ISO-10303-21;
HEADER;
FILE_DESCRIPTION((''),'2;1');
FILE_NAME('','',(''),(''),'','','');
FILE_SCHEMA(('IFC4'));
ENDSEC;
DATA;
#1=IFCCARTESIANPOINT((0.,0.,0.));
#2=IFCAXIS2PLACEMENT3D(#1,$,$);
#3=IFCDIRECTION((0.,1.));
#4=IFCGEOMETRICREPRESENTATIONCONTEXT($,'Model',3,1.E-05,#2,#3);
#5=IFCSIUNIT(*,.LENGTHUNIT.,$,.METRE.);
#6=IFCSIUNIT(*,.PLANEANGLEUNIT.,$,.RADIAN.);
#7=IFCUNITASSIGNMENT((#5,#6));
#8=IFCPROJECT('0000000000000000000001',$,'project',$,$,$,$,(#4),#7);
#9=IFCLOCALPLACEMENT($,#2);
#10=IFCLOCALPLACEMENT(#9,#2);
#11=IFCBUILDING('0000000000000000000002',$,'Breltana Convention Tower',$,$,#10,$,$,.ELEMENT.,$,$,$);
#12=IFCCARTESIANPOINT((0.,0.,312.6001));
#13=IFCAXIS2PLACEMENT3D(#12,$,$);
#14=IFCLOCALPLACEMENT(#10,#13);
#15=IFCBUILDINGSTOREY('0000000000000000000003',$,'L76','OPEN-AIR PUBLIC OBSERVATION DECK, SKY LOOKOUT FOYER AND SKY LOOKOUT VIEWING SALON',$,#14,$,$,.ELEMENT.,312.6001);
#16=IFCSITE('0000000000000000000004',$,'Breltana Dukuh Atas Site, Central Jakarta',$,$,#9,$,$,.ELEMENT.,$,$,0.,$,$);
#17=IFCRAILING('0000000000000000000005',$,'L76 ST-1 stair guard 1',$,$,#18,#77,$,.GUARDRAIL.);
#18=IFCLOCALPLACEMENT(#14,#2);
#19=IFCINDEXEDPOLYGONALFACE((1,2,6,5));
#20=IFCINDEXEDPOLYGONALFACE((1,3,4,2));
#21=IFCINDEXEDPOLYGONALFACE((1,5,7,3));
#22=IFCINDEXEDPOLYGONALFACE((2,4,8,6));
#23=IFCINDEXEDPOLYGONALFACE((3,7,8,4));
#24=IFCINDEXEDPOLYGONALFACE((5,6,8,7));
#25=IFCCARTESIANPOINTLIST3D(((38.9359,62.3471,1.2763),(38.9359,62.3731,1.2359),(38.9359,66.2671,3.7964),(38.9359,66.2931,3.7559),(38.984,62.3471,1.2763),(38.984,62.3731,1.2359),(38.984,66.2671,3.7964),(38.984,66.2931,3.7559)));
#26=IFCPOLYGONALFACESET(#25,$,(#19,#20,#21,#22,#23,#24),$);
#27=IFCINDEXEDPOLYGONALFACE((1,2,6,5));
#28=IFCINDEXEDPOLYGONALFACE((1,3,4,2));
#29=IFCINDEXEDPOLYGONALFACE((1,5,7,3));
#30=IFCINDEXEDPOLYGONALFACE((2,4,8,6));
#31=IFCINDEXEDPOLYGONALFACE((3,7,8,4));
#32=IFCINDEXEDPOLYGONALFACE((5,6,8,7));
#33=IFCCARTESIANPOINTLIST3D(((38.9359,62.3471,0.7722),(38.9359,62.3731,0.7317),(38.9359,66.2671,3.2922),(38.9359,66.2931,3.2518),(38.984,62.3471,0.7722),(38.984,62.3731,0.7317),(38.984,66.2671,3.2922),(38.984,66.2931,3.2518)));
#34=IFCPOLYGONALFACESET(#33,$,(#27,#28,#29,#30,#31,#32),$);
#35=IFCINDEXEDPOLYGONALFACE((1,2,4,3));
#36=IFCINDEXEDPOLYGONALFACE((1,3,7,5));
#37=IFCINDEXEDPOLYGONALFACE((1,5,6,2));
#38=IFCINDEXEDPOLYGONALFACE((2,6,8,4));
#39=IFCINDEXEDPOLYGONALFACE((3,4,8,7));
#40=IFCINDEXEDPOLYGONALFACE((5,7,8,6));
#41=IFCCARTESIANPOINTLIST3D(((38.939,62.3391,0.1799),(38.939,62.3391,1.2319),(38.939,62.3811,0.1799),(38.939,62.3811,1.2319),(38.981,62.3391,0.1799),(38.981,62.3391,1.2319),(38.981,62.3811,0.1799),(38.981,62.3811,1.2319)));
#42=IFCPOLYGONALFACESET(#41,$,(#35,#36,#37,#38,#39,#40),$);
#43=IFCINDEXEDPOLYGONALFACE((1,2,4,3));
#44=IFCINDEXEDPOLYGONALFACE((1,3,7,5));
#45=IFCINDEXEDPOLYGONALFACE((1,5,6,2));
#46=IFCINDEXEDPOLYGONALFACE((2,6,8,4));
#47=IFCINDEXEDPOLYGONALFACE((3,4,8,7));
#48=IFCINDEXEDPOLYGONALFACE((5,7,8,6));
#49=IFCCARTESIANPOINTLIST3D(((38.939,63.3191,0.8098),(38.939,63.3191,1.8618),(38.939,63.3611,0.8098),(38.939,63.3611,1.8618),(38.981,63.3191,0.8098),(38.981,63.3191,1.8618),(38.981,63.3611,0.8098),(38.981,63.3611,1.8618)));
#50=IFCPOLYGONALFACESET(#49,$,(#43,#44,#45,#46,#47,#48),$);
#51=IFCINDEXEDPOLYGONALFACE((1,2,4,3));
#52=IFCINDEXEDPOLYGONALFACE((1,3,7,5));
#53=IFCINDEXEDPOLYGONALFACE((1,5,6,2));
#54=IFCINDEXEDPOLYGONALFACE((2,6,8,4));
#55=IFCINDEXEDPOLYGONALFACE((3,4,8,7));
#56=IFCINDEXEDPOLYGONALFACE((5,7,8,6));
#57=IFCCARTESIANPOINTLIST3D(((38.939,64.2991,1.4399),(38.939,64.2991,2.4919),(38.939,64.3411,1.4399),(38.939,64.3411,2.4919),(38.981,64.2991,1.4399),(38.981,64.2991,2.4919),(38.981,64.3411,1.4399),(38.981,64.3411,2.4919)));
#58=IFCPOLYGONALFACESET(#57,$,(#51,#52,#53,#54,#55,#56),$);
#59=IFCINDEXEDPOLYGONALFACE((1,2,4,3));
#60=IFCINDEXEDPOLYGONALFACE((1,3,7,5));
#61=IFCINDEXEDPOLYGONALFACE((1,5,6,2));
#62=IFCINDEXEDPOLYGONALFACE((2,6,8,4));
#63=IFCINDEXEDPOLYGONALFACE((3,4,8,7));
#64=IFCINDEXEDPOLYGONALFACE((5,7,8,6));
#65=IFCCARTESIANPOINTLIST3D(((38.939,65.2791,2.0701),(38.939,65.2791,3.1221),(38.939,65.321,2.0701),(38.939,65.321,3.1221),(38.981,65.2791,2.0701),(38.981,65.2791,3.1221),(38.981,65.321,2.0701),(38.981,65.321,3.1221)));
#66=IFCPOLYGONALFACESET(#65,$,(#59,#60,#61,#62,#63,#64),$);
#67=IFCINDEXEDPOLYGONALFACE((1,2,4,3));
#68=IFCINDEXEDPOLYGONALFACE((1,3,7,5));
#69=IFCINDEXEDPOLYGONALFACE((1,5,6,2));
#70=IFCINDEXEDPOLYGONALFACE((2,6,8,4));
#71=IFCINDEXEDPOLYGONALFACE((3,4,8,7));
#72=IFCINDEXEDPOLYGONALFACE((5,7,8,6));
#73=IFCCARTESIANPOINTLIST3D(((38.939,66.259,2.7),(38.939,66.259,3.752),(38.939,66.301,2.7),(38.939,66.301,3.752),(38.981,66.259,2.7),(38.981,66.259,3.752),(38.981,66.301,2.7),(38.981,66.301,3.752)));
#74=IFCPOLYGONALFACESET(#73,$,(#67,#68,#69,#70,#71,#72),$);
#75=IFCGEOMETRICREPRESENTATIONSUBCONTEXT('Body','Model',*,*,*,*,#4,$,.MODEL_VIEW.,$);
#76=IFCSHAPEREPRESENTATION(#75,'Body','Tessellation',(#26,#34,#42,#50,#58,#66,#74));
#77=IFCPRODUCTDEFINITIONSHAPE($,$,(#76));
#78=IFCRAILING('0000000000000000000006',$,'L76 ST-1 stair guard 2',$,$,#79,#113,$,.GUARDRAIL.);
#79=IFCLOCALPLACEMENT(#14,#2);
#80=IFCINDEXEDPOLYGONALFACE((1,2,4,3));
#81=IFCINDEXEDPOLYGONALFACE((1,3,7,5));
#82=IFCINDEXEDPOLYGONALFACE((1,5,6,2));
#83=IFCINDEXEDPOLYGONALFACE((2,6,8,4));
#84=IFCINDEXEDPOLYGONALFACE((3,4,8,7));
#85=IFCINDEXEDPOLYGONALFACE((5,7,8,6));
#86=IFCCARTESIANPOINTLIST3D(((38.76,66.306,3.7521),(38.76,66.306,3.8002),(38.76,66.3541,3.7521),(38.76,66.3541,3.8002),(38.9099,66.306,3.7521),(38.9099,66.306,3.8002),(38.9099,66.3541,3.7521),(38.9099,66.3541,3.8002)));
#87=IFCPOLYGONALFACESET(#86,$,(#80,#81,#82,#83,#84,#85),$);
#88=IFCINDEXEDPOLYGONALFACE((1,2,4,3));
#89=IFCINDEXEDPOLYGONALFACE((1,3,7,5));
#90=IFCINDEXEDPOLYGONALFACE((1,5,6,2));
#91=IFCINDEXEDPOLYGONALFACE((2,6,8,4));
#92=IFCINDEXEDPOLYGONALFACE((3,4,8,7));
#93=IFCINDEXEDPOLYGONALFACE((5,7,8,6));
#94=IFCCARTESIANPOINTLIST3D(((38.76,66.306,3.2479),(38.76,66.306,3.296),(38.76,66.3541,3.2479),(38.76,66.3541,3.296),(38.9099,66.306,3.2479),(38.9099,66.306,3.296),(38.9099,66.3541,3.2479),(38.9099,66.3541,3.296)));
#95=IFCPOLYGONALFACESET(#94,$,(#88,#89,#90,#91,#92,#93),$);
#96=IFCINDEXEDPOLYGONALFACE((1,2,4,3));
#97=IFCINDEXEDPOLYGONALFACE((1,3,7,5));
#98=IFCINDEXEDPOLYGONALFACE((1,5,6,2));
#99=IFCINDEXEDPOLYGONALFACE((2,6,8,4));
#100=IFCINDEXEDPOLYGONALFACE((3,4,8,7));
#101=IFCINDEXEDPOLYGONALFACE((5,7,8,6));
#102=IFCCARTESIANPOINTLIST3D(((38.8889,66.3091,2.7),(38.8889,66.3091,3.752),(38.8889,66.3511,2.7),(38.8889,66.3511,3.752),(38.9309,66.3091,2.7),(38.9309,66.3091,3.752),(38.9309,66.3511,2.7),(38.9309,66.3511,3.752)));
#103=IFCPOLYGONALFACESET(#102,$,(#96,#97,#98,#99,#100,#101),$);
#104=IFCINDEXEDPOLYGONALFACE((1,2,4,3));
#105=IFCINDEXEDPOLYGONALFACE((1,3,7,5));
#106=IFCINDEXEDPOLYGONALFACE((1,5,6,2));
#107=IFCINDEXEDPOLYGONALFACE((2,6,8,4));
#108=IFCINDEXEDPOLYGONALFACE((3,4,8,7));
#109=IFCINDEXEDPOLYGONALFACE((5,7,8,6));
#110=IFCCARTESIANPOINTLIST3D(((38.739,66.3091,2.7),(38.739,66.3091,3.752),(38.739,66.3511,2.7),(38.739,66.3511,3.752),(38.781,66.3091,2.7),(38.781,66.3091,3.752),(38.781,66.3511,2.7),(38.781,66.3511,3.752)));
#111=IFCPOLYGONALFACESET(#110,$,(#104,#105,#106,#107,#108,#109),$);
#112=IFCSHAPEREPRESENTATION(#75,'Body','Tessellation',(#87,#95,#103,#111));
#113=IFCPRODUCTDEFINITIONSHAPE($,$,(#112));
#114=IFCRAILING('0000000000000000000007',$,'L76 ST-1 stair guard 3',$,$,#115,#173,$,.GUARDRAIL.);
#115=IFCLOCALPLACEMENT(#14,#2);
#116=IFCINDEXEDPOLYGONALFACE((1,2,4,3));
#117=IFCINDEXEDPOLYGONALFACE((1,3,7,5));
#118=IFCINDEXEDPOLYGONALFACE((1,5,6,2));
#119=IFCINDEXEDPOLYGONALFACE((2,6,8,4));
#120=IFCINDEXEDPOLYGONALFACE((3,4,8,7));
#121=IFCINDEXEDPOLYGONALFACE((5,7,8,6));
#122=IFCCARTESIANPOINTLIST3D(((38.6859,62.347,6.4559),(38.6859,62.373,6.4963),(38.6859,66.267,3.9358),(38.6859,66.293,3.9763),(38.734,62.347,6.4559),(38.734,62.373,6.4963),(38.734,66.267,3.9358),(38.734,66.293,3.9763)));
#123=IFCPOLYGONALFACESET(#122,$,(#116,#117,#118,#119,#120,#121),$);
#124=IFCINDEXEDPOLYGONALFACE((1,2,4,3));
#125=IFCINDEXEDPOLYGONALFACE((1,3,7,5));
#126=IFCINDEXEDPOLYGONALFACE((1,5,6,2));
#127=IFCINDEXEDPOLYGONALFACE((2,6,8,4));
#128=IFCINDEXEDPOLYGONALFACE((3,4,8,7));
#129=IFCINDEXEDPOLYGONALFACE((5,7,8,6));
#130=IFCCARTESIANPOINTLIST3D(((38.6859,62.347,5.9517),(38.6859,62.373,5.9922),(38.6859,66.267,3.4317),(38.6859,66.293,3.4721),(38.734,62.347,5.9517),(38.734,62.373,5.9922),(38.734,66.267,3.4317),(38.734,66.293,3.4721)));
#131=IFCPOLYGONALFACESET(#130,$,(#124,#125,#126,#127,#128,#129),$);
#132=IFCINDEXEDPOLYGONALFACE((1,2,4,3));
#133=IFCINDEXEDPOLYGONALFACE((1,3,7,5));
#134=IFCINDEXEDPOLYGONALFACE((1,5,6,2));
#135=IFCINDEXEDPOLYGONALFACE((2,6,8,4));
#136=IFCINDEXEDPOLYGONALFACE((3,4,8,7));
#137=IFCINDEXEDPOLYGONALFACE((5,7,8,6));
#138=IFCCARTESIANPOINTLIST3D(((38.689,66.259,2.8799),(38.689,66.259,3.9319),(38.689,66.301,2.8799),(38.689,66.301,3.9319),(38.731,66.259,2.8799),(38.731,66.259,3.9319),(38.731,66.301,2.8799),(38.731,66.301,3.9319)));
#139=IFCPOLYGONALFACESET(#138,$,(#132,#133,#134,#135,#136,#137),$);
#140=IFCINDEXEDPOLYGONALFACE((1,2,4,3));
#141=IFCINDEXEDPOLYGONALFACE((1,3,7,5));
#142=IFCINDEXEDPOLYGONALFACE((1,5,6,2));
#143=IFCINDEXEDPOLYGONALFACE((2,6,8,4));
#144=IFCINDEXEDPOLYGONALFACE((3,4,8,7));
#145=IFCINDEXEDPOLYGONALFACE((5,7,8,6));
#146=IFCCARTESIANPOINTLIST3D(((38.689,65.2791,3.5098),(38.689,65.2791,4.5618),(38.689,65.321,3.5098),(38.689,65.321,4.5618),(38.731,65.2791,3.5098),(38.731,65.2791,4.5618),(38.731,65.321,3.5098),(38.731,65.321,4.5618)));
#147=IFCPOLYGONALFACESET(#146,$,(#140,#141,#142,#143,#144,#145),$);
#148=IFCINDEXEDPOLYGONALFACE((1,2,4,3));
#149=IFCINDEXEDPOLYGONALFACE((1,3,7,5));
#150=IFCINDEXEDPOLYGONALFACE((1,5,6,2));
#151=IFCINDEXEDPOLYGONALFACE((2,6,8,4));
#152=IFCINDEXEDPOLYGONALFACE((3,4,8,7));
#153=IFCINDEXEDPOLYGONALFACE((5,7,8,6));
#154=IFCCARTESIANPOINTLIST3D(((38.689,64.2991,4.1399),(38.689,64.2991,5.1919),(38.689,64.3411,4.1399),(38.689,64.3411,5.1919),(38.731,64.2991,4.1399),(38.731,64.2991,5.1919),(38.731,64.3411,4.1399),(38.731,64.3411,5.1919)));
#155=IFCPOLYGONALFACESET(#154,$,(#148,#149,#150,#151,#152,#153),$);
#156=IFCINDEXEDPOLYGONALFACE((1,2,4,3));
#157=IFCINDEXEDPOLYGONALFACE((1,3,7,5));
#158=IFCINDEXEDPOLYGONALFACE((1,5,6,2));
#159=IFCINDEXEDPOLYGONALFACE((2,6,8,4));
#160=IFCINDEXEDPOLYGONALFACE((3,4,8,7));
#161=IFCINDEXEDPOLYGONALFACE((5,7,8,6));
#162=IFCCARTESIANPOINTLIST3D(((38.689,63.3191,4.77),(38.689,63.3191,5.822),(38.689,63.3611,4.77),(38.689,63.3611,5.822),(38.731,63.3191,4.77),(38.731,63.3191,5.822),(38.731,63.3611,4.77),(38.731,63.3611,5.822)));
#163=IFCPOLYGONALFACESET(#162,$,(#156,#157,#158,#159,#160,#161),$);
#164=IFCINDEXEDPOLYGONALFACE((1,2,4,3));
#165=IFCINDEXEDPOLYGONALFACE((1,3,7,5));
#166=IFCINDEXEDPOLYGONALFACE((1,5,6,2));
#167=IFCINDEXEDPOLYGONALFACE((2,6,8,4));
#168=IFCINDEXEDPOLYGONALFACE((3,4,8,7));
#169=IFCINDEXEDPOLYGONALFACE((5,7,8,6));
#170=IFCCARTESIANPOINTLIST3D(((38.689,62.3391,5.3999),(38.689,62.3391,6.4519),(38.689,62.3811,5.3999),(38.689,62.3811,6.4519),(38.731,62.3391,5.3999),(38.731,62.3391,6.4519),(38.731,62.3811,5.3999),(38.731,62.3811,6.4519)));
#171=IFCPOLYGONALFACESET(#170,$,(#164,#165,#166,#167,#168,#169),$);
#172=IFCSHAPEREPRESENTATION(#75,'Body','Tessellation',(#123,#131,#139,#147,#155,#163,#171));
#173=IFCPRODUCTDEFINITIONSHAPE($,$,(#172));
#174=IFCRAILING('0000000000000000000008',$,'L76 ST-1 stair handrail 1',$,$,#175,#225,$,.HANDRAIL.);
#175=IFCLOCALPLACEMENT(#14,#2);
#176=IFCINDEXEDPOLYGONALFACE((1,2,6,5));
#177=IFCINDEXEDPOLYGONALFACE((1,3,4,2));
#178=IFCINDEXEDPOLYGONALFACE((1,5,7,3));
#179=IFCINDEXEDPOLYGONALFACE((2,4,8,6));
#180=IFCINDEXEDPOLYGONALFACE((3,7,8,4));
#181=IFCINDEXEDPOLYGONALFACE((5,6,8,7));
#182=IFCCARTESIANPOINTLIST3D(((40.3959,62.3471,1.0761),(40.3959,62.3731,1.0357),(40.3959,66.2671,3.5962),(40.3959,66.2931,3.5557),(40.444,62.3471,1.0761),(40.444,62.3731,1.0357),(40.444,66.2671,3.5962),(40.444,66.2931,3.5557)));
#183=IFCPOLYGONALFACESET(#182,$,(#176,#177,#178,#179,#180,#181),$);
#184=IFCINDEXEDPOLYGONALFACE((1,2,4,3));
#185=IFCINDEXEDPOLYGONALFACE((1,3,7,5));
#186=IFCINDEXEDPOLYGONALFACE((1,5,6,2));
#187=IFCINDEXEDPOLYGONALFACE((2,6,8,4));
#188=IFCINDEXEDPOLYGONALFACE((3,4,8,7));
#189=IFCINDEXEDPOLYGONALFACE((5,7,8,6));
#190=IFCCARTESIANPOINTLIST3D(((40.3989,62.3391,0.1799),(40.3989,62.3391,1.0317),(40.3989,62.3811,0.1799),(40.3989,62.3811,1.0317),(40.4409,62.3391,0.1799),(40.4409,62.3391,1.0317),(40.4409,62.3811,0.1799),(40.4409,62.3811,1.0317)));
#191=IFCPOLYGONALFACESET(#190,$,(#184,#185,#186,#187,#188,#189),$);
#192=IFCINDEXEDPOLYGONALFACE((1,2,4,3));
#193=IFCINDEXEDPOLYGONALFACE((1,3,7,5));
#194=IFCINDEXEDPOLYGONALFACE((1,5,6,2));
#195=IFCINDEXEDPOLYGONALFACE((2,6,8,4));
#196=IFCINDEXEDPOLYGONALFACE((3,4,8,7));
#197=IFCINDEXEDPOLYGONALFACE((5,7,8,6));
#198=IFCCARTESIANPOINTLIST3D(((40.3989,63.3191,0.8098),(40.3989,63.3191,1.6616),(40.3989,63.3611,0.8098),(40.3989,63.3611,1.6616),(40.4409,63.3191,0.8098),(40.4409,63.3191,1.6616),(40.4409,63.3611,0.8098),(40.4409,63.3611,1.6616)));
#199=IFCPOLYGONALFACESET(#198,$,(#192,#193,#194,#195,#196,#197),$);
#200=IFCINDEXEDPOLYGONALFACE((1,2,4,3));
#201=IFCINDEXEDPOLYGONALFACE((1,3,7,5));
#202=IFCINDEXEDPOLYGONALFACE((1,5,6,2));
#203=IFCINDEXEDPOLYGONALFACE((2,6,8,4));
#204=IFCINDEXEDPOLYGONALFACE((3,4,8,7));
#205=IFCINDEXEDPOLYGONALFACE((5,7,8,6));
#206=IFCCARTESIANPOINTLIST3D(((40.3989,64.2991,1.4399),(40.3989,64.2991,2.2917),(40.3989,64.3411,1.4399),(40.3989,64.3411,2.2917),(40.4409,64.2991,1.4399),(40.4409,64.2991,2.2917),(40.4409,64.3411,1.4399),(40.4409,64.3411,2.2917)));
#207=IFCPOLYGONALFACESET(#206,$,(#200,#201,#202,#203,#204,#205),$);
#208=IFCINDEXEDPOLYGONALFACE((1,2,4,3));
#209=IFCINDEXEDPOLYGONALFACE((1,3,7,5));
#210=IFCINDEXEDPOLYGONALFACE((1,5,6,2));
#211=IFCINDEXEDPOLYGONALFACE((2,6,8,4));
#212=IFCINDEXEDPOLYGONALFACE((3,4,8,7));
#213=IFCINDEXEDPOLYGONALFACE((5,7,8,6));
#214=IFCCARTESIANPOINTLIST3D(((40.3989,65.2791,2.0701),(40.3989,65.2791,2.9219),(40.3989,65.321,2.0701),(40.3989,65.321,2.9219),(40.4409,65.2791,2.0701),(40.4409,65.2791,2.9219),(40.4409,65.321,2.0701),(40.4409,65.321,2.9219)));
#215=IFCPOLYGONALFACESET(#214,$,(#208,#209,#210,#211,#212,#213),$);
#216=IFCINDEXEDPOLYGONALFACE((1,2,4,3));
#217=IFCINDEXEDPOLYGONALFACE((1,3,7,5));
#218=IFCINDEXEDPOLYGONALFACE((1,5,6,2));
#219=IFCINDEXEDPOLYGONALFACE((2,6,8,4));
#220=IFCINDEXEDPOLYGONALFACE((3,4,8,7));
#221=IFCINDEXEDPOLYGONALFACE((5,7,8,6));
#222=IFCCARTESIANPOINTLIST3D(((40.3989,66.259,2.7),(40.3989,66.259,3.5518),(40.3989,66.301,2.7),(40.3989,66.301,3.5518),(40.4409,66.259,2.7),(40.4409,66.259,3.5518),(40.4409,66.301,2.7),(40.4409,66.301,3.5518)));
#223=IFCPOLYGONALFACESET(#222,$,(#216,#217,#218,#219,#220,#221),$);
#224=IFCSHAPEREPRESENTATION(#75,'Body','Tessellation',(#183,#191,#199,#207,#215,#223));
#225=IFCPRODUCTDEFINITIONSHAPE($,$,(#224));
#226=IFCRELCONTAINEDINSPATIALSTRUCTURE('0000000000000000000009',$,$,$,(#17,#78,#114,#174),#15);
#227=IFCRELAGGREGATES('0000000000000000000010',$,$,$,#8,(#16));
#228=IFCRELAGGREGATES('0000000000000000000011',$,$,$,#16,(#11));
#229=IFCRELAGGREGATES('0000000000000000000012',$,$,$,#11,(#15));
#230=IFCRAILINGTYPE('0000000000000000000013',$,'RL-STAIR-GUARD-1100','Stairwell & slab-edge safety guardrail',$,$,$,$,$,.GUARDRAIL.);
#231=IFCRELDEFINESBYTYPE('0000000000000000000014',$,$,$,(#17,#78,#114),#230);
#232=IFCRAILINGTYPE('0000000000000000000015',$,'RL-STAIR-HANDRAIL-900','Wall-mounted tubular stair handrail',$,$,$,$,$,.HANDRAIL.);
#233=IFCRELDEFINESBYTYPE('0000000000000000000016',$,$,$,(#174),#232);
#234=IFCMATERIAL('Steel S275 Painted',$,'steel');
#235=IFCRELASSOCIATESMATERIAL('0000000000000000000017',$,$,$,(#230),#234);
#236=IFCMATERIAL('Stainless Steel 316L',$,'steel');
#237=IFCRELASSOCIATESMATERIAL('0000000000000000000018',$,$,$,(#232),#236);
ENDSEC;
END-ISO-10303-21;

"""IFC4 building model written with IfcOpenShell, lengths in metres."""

from ifc_helpers import new_model, si_unit, direction, frame, origin, origin_2d, place, context, subcontext, project, spatial, rectangle, extrude, material, type_object, element, save


model = new_model("IFC4")

# Units and contexts
model_context = context("Model", 3, precision=1e-05, world=origin(), true_north=direction((0.0, 1.0)))
body_context = subcontext(model_context, "Body", "Model", "MODEL_VIEW")
ifc_project = project(units=[si_unit("LENGTHUNIT", "METRE"), si_unit("PLANEANGLEUNIT", "RADIAN")], contexts=[model_context])

# Site, building, storey
site_placement = place(None, origin())
site = spatial("IfcSite", under=ifc_project, at=site_placement, Name="Breltana Dukuh Atas Site, Central Jakarta", CompositionType="ELEMENT", RefElevation=0.0)
building_placement = place(site_placement, origin())
building = spatial("IfcBuilding", under=site, at=building_placement, Name="Breltana Convention Tower", CompositionType="ELEMENT")
storey_placement = place(building_placement, frame((0.0, 0.0, 312.6001)))
storey = spatial("IfcBuildingStorey", under=building, at=storey_placement, Name="L76", Description="OPEN-AIR PUBLIC OBSERVATION DECK, SKY LOOKOUT FOYER AND SKY LOOKOUT VIEWING SALON", CompositionType="ELEMENT", Elevation=312.6001)

# Railings
ifc_material_1 = material(Name="Steel S275 Painted", Category="steel")
railing_type_1 = type_object("IfcRailingType", Name="RL-STAIR-GUARD-1100", Description="Stairwell & slab-edge safety guardrail", PredefinedType="GUARDRAIL", material=ifc_material_1)
railing_1_placement = place(storey_placement, frame((38.96, 62.3601, 0.1799)))
element("IfcRailing", 1, at=railing_1_placement, inside=storey, type_object=railing_type_1, Name="L76 ST-1 stair guard 1", PredefinedType="GUARDRAIL", context=body_context, shape_type="SweptSolid", body=[
    extrude(rectangle(XDim=0.0481, YDim=0.0481, at=origin_2d()), frame((0.0, 0.0, 1.0762), z_axis=(0.0, 0.841172, 0.540768), x_axis=(-1.0, 0.0, 0.0)), (0.0, 0.0, 1.0), 4.6602),
    extrude(rectangle(XDim=0.0481, YDim=0.0481, at=origin_2d()), frame((0.0, 0.0, 0.572), z_axis=(0.0, 0.841172, 0.540768), x_axis=(-1.0, 0.0, 0.0)), (0.0, 0.0, 1.0), 4.6602),
    extrude(rectangle(XDim=0.042, YDim=0.042, at=origin_2d()), origin(), (0.0, 0.0, 1.0), 1.052),
    extrude(rectangle(XDim=0.042, YDim=0.042, at=origin_2d()), frame((0.0, 0.98, 0.6299)), (0.0, 0.0, 1.0), 1.052),
    extrude(rectangle(XDim=0.042, YDim=0.042, at=origin_2d()), frame((0.0, 1.96, 1.26)), (0.0, 0.0, 1.0), 1.052),
    extrude(rectangle(XDim=0.042, YDim=0.042, at=origin_2d()), frame((0.0, 2.9399, 1.8901)), (0.0, 0.0, 1.0), 1.052),
    extrude(rectangle(XDim=0.042, YDim=0.042, at=origin_2d()), frame((0.0, 3.9199, 2.52)), (0.0, 0.0, 1.0), 1.052),
])
railing_2_placement = place(storey_placement, frame((38.9099, 66.3301, 2.7)))
element("IfcRailing", 2, at=railing_2_placement, inside=storey, type_object=railing_type_1, Name="L76 ST-1 stair guard 2", PredefinedType="GUARDRAIL", context=body_context, shape_type="SweptSolid", body=[
    extrude(rectangle(XDim=0.0481, YDim=0.0481, at=origin_2d()), frame((0.0, 0.0, 1.0762), z_axis=(-1.0, 0.0, 0.0), x_axis=(0.0, -1.0, 0.0)), (0.0, 0.0, 1.0), 0.1499),
    extrude(rectangle(XDim=0.0481, YDim=0.0481, at=origin_2d()), frame((0.0, 0.0, 0.572), z_axis=(-1.0, 0.0, 0.0), x_axis=(0.0, -1.0, 0.0)), (0.0, 0.0, 1.0), 0.1499),
    extrude(rectangle(XDim=0.042, YDim=0.042, at=origin_2d()), origin(), (0.0, 0.0, 1.0), 1.052),
    extrude(rectangle(XDim=0.042, YDim=0.042, at=origin_2d()), frame((-0.1499, 0.0, 0.0)), (0.0, 0.0, 1.0), 1.052),
])
railing_3_placement = place(storey_placement, frame((38.71, 66.28, 2.8799)))
element("IfcRailing", 3, at=railing_3_placement, inside=storey, type_object=railing_type_1, Name="L76 ST-1 stair guard 3", PredefinedType="GUARDRAIL", context=body_context, shape_type="SweptSolid", body=[
    extrude(rectangle(XDim=0.0481, YDim=0.0481, at=origin_2d()), frame((0.0, 0.0, 1.0762), z_axis=(0.0, -0.841172, 0.540768), x_axis=(1.0, 0.0, 0.0)), (0.0, 0.0, 1.0), 4.6602),
    extrude(rectangle(XDim=0.0481, YDim=0.0481, at=origin_2d()), frame((0.0, 0.0, 0.572), z_axis=(0.0, -0.841172, 0.540768), x_axis=(1.0, 0.0, 0.0)), (0.0, 0.0, 1.0), 4.6602),
    extrude(rectangle(XDim=0.042, YDim=0.042, at=origin_2d()), origin(), (0.0, 0.0, 1.0), 1.052),
    extrude(rectangle(XDim=0.042, YDim=0.042, at=origin_2d()), frame((0.0, -0.98, 0.6299)), (0.0, 0.0, 1.0), 1.052),
    extrude(rectangle(XDim=0.042, YDim=0.042, at=origin_2d()), frame((0.0, -1.96, 1.26)), (0.0, 0.0, 1.0), 1.052),
    extrude(rectangle(XDim=0.042, YDim=0.042, at=origin_2d()), frame((0.0, -2.9399, 1.8901)), (0.0, 0.0, 1.0), 1.052),
    extrude(rectangle(XDim=0.042, YDim=0.042, at=origin_2d()), frame((0.0, -3.9199, 2.52)), (0.0, 0.0, 1.0), 1.052),
])
ifc_material_2 = material(Name="Stainless Steel 316L", Category="steel")
railing_type_2 = type_object("IfcRailingType", Name="RL-STAIR-HANDRAIL-900", Description="Wall-mounted tubular stair handrail", PredefinedType="HANDRAIL", material=ifc_material_2)
railing_4_placement = place(storey_placement, frame((40.4199, 62.3601, 0.1799)))
element("IfcRailing", 4, at=railing_4_placement, inside=storey, type_object=railing_type_2, Name="L76 ST-1 stair handrail 1", PredefinedType="HANDRAIL", context=body_context, shape_type="SweptSolid", body=[
    extrude(rectangle(XDim=0.0481, YDim=0.0481, at=origin_2d()), frame((0.0, 0.0, 0.876), z_axis=(0.0, 0.841172, 0.540768), x_axis=(-1.0, 0.0, 0.0)), (0.0, 0.0, 1.0), 4.6602),
    extrude(rectangle(XDim=0.042, YDim=0.042, at=origin_2d()), origin(), (0.0, 0.0, 1.0), 0.8518),
    extrude(rectangle(XDim=0.042, YDim=0.042, at=origin_2d()), frame((0.0, 0.98, 0.6299)), (0.0, 0.0, 1.0), 0.8518),
    extrude(rectangle(XDim=0.042, YDim=0.042, at=origin_2d()), frame((0.0, 1.96, 1.26)), (0.0, 0.0, 1.0), 0.8518),
    extrude(rectangle(XDim=0.042, YDim=0.042, at=origin_2d()), frame((0.0, 2.9399, 1.8901)), (0.0, 0.0, 1.0), 0.8518),
    extrude(rectangle(XDim=0.042, YDim=0.042, at=origin_2d()), frame((0.0, 3.9199, 2.52)), (0.0, 0.0, 1.0), 0.8518),
])

save(model, "model.ifc")
